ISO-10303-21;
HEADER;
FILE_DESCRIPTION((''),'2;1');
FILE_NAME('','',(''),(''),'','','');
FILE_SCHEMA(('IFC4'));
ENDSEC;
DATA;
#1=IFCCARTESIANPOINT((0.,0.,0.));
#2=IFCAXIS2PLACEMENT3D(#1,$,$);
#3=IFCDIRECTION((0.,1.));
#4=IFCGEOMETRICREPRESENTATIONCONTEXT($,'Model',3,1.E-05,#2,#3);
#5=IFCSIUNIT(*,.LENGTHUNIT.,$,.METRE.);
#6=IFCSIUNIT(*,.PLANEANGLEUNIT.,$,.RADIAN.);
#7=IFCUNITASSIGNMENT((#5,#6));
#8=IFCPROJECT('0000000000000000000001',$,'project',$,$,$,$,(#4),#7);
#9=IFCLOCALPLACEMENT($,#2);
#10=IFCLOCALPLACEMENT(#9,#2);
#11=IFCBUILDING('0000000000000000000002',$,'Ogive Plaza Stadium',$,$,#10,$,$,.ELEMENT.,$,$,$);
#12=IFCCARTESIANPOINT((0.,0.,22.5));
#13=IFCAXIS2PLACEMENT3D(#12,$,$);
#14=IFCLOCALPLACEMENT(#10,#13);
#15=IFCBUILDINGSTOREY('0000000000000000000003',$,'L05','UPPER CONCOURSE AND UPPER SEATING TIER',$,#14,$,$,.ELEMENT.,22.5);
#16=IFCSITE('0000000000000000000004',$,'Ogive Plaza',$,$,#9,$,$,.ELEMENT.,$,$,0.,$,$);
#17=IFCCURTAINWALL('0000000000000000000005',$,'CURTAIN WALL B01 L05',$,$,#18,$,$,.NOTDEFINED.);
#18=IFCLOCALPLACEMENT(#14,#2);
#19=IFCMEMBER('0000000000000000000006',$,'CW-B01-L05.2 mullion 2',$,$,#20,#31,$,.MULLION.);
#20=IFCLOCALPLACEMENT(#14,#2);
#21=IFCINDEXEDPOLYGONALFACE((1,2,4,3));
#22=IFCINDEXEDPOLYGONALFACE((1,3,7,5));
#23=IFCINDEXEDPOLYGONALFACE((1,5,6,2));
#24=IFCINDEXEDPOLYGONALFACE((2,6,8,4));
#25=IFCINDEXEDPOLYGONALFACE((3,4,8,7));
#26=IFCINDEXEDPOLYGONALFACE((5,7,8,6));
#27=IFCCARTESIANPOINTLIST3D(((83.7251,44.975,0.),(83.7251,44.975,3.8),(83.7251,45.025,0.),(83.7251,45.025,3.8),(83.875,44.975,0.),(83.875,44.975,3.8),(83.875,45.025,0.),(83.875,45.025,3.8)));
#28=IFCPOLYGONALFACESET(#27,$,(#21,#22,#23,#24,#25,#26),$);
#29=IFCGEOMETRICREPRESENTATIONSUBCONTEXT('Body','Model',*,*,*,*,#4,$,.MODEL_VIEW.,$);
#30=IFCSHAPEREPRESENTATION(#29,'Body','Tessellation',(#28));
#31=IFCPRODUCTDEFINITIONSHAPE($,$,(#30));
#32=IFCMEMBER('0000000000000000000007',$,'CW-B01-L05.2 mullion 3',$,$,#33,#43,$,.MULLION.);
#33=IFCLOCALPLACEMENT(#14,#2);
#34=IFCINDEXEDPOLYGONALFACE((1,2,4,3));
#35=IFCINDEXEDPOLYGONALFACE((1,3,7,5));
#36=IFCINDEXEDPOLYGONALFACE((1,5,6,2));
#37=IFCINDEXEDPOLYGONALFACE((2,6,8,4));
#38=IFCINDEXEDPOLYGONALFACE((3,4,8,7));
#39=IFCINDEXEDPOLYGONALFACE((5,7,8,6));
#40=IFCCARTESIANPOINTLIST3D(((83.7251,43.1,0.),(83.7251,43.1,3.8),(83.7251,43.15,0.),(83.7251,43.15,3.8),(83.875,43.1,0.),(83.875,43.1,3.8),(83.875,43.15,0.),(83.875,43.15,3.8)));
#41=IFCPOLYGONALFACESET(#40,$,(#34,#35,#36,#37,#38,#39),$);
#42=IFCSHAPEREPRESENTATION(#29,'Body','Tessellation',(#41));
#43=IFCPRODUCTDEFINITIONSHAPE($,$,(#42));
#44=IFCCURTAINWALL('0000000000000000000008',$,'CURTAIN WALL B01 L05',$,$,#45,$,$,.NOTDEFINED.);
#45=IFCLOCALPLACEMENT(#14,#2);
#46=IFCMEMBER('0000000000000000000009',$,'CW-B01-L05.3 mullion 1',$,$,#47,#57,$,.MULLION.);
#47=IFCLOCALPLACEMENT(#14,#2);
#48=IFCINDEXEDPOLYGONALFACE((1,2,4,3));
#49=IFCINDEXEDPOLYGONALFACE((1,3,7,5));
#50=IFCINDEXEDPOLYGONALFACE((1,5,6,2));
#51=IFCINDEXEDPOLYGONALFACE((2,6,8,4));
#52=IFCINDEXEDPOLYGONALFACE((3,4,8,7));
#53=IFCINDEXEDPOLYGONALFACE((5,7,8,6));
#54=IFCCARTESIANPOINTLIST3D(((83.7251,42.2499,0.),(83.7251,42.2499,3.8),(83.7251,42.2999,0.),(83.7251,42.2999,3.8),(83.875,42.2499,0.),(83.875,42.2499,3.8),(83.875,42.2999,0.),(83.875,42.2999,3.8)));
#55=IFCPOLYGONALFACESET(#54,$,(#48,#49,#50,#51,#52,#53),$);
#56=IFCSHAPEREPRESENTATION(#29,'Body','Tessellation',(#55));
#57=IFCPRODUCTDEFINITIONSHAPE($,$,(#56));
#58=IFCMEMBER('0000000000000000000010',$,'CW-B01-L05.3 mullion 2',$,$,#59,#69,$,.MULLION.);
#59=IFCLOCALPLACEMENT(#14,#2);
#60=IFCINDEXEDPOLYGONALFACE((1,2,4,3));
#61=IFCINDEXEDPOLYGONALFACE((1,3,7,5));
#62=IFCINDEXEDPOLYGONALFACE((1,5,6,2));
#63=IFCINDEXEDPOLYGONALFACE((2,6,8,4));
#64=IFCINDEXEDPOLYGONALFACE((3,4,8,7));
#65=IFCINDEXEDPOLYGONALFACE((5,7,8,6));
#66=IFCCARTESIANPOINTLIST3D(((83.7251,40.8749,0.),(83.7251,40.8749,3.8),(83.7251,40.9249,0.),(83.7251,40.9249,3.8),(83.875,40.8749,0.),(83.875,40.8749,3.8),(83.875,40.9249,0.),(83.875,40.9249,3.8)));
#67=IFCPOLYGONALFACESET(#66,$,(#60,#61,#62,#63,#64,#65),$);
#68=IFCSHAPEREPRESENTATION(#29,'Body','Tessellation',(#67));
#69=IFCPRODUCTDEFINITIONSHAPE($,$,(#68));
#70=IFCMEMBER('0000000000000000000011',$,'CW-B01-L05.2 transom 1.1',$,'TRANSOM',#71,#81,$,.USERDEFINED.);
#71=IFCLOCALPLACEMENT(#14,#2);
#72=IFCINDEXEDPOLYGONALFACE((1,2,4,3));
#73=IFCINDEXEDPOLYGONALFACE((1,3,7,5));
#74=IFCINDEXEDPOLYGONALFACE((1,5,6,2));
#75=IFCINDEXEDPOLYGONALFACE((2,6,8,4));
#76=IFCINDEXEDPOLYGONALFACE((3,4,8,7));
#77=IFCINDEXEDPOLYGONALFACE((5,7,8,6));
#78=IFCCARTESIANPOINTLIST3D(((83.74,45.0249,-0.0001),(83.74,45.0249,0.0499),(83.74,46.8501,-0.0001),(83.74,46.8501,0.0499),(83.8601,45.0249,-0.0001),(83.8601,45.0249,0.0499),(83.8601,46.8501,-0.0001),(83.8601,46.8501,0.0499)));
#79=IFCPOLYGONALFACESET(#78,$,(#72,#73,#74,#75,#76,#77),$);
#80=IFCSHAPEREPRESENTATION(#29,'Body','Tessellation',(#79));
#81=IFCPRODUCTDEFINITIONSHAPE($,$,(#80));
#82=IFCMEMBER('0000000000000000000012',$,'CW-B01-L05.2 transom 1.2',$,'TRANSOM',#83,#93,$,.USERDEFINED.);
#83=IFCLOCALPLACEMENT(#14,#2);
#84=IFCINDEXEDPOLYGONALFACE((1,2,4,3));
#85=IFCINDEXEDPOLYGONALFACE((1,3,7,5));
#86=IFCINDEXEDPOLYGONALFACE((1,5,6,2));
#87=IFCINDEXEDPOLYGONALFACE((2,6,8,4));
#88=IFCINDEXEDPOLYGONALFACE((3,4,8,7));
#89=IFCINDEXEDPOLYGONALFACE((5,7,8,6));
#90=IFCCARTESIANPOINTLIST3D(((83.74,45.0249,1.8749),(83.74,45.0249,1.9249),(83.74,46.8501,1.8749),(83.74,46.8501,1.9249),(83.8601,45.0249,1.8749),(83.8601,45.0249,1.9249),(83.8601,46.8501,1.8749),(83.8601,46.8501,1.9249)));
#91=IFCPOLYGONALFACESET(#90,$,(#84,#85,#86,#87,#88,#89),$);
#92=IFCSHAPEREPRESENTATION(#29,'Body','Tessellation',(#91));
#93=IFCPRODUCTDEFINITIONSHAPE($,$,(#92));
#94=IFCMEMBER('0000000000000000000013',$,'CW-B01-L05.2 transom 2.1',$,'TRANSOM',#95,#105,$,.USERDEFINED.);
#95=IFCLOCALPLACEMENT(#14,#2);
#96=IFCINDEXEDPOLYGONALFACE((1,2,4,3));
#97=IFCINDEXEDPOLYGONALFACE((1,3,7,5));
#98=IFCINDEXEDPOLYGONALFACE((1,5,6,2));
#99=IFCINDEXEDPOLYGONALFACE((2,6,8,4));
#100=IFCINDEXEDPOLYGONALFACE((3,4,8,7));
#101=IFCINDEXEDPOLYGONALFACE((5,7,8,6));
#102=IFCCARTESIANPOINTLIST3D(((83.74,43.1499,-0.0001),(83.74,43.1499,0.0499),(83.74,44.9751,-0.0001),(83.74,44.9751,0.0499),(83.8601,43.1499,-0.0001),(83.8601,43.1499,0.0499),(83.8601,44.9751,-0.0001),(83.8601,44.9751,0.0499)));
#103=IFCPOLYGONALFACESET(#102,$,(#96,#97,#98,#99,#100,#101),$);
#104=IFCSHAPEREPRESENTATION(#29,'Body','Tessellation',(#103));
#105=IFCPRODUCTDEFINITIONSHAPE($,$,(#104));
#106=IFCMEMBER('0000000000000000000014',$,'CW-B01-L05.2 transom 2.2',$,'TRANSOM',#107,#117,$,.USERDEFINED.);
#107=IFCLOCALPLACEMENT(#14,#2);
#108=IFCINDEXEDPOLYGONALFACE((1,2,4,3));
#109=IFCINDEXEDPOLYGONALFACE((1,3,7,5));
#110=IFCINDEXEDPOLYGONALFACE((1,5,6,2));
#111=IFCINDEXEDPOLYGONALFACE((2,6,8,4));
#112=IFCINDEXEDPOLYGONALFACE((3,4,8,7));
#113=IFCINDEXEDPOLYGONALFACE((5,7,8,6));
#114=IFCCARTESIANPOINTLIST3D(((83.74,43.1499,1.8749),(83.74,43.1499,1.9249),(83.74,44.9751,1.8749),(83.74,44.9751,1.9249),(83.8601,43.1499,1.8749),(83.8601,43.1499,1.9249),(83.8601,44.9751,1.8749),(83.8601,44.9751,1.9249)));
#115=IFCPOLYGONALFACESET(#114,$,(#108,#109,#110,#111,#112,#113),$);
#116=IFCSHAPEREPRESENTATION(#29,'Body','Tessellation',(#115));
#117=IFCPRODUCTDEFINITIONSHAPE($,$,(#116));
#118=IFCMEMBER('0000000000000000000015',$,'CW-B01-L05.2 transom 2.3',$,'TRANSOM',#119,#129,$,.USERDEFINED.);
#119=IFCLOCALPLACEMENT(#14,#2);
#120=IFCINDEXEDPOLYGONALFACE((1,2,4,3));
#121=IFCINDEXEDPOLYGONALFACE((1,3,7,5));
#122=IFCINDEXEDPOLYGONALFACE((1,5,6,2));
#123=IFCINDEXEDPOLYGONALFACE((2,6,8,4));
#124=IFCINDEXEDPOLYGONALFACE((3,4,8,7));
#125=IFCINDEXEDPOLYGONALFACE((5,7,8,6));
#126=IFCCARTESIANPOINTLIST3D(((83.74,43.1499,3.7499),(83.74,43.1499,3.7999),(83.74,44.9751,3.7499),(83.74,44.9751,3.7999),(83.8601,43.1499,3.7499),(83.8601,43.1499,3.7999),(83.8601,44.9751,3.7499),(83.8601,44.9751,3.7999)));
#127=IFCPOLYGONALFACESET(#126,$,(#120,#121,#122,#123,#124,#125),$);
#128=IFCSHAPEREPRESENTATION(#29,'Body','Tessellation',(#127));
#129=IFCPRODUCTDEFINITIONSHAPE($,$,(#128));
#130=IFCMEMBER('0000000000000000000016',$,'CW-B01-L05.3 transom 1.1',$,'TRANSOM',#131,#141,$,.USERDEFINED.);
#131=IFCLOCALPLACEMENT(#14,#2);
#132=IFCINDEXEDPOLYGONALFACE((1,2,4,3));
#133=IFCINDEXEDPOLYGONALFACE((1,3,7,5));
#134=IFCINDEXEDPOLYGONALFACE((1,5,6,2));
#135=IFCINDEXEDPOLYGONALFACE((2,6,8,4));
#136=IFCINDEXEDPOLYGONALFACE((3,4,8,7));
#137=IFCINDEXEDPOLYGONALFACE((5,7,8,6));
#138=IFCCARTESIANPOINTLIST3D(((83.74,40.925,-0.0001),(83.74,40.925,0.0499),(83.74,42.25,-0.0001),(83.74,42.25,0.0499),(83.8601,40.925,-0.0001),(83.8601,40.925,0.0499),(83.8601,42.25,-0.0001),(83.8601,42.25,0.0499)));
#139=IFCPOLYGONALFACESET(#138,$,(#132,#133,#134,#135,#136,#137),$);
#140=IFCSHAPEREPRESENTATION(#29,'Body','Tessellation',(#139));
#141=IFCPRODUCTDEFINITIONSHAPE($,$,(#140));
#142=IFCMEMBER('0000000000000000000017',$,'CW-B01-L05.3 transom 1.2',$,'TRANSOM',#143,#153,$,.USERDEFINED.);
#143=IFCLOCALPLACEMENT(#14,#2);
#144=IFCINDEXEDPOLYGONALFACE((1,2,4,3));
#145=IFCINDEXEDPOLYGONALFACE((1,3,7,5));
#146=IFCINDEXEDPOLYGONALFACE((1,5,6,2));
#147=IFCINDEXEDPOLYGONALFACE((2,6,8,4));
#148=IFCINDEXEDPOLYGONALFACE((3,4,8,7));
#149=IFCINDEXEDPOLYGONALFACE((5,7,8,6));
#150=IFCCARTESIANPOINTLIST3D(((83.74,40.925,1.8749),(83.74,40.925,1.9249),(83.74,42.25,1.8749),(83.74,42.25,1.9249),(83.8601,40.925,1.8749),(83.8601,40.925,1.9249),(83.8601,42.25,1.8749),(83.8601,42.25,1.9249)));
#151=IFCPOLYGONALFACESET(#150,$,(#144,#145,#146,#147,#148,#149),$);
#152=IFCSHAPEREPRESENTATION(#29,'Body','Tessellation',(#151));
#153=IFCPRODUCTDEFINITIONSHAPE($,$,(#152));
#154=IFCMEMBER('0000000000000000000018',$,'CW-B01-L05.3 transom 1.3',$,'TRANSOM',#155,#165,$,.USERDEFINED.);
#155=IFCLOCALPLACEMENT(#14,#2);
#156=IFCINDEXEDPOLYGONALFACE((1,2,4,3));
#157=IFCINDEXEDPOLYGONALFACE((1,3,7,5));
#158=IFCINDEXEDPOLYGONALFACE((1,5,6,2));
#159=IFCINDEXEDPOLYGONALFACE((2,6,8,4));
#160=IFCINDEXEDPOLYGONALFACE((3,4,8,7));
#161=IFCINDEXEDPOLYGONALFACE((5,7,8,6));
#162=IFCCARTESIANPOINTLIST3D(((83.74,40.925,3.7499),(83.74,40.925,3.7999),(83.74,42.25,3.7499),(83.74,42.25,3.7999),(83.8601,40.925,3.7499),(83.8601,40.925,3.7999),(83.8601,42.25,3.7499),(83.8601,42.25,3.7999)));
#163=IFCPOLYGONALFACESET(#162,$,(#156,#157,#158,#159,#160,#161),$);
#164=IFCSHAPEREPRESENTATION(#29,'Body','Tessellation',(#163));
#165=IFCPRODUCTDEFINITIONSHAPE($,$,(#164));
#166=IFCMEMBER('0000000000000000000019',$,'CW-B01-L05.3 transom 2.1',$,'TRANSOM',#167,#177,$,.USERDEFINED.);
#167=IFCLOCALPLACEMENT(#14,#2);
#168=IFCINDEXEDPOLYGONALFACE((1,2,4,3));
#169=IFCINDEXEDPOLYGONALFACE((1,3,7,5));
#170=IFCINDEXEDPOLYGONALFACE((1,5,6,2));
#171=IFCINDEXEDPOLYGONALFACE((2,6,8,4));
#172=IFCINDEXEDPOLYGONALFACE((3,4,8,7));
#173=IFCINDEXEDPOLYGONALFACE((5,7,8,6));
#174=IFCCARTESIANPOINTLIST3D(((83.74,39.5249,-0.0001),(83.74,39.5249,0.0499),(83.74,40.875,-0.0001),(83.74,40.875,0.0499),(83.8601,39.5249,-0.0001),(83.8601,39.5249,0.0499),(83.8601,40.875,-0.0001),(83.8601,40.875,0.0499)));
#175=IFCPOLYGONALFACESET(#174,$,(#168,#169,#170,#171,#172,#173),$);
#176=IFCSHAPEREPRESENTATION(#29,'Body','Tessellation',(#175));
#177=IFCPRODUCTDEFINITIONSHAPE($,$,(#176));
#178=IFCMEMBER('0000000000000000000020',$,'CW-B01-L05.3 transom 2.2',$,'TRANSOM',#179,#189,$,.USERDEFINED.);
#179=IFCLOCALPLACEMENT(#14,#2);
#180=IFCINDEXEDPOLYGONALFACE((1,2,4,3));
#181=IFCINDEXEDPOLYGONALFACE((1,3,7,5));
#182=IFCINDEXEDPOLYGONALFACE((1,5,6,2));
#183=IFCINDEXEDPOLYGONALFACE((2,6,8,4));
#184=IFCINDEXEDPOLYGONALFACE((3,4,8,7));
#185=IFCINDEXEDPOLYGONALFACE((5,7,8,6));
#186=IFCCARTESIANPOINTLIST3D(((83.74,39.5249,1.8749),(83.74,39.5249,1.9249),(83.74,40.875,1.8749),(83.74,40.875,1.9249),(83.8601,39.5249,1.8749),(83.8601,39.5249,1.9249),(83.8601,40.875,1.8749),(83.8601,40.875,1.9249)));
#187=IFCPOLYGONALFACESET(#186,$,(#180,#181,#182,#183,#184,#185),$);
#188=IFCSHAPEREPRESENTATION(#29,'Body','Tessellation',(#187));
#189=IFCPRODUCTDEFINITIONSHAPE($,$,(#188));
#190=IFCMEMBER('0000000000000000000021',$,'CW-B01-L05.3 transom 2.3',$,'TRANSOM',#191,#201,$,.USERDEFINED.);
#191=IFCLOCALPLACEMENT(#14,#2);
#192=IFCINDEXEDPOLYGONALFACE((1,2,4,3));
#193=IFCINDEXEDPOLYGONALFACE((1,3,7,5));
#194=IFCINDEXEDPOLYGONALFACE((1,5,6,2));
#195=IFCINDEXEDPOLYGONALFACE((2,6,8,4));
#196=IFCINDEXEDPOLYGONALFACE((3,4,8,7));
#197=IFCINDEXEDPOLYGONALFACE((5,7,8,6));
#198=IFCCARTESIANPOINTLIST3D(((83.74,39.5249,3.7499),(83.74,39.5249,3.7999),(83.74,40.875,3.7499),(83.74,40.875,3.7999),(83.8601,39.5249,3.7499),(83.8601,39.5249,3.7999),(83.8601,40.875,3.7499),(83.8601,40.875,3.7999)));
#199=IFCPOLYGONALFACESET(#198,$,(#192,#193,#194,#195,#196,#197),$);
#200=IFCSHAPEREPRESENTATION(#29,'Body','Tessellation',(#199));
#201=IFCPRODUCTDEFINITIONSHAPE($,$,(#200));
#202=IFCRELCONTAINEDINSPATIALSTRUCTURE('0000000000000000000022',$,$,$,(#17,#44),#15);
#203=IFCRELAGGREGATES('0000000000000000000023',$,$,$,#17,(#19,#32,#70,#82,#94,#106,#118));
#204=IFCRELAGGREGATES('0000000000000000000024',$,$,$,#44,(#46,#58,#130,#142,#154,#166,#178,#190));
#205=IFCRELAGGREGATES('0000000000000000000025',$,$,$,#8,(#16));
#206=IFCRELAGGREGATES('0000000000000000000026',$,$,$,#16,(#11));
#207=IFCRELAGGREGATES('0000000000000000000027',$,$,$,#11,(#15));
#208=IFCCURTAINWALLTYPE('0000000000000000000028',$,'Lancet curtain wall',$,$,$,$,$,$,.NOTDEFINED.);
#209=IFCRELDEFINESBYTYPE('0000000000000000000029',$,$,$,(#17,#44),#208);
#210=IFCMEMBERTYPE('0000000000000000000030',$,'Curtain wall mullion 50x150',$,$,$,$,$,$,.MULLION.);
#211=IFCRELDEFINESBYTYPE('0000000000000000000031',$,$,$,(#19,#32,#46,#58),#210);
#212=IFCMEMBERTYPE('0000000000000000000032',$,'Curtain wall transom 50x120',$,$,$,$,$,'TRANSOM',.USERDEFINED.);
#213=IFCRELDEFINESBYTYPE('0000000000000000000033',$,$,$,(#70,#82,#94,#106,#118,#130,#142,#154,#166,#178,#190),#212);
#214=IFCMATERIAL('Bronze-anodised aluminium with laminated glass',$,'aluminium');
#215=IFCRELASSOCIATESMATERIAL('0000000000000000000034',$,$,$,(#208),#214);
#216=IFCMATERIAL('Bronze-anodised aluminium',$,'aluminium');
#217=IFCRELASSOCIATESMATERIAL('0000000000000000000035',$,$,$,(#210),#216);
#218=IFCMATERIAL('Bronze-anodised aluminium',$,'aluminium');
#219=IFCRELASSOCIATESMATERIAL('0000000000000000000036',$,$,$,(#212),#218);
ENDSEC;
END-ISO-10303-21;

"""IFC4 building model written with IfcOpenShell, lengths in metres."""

from ifc_helpers import new_model, si_unit, direction, frame, origin, origin_2d, place, context, subcontext, project, spatial, rectangle, extrude, material, material_profile, profile_set, type_object, element, aggregate, save


model = new_model("IFC4")

# Units and contexts
model_context = context("Model", 3, precision=1e-05, world=origin(), true_north=direction((0.0, 1.0)))
body_context = subcontext(model_context, "Body", "Model", "MODEL_VIEW")
ifc_project = project(units=[si_unit("LENGTHUNIT", "METRE"), si_unit("PLANEANGLEUNIT", "RADIAN")], contexts=[model_context])

# Site, building, storey
site_placement = place(None, origin())
site = spatial("IfcSite", under=ifc_project, at=site_placement, Name="Ogive Plaza", CompositionType="ELEMENT", RefElevation=0.0)
building_placement = place(site_placement, origin())
building = spatial("IfcBuilding", under=site, at=building_placement, Name="Ogive Plaza Stadium", CompositionType="ELEMENT")
storey_placement = place(building_placement, frame((0.0, 0.0, 22.5)))
storey = spatial("IfcBuildingStorey", under=building, at=storey_placement, Name="L05", Description="UPPER CONCOURSE AND UPPER SEATING TIER", CompositionType="ELEMENT", Elevation=22.5)

# Curtain walls, members
ifc_material_1 = material(Name="Bronze-anodised aluminium with laminated glass", Category="aluminium")
curtain_wall_type = type_object("IfcCurtainWallType", Name="Lancet curtain wall", PredefinedType="NOTDEFINED", material=ifc_material_1)
curtain_wall_1_placement = place(storey_placement, origin())
curtain_wall_1 = element("IfcCurtainWall", 1, at=curtain_wall_1_placement, inside=storey, type_object=curtain_wall_type, Name="CURTAIN WALL B01 L05", PredefinedType="NOTDEFINED")
ifc_material_2 = material(Name="Bronze-anodised aluminium", Category="aluminium")
ifc_material_profile_1 = material_profile(ifc_material_2, rectangle(XDim=0.1499, YDim=0.05, at=origin_2d()), Name="AL 150x50")
ifc_profile_set_1 = profile_set([ifc_material_profile_1], Name="Bronze-anodised aluminium")
member_type_1 = type_object("IfcMemberType", Name="Curtain wall mullion 50x150", PredefinedType="MULLION", material=ifc_profile_set_1)
member_1_placement = place(storey_placement, frame((83.8, 45.0, 0.0), z_axis=(0.0, 0.0, 1.0), x_axis=(1.0, 0.0, 0.0)))
member_1 = element("IfcMember", 2, at=member_1_placement, type_object=member_type_1, Name="CW-B01-L05.2 mullion 2", PredefinedType="MULLION", context=body_context, shape_type="SweptSolid", body=[
    extrude(rectangle(XDim=0.1499, YDim=0.05, at=origin_2d()), origin(), (0.0, 0.0, 1.0), 3.8),
])
member_2_placement = place(storey_placement, frame((83.8, 43.125, 0.0), z_axis=(0.0, 0.0, 1.0), x_axis=(1.0, 0.0, 0.0)))
member_2 = element("IfcMember", 3, at=member_2_placement, type_object=member_type_1, Name="CW-B01-L05.2 mullion 3", PredefinedType="MULLION", context=body_context, shape_type="SweptSolid", body=[
    extrude(rectangle(XDim=0.1499, YDim=0.05, at=origin_2d()), origin(), (0.0, 0.0, 1.0), 3.8),
])
curtain_wall_2_placement = place(storey_placement, origin())
curtain_wall_2 = element("IfcCurtainWall", 4, at=curtain_wall_2_placement, inside=storey, type_object=curtain_wall_type, Name="CURTAIN WALL B01 L05", PredefinedType="NOTDEFINED")
member_3_placement = place(storey_placement, frame((83.8, 42.2749, 0.0), z_axis=(0.0, 0.0, 1.0), x_axis=(1.0, 0.0, 0.0)))
member_3 = element("IfcMember", 5, at=member_3_placement, type_object=member_type_1, Name="CW-B01-L05.3 mullion 1", PredefinedType="MULLION", context=body_context, shape_type="SweptSolid", body=[
    extrude(rectangle(XDim=0.1499, YDim=0.05, at=origin_2d()), origin(), (0.0, 0.0, 1.0), 3.8),
])
member_4_placement = place(storey_placement, frame((83.8, 40.8999, 0.0), z_axis=(0.0, 0.0, 1.0), x_axis=(1.0, 0.0, 0.0)))
member_4 = element("IfcMember", 6, at=member_4_placement, type_object=member_type_1, Name="CW-B01-L05.3 mullion 2", PredefinedType="MULLION", context=body_context, shape_type="SweptSolid", body=[
    extrude(rectangle(XDim=0.1499, YDim=0.05, at=origin_2d()), origin(), (0.0, 0.0, 1.0), 3.8),
])

# Members
ifc_material_3 = material(Name="Bronze-anodised aluminium", Category="aluminium")
ifc_material_profile_2 = material_profile(ifc_material_3, rectangle(XDim=0.1201, YDim=0.05, at=origin_2d()), Name="AL 120x50")
ifc_profile_set_2 = profile_set([ifc_material_profile_2], Name="Bronze-anodised aluminium")
member_type_2 = type_object("IfcMemberType", Name="Curtain wall transom 50x120", ElementType="TRANSOM", PredefinedType="USERDEFINED", material=ifc_profile_set_2)
member_5_placement = place(storey_placement, frame((83.8, 46.8501, 0.0249), z_axis=(0.0, -1.0, 0.0), x_axis=(1.0, 0.0, 0.0)))
member_5 = element("IfcMember", 7, at=member_5_placement, type_object=member_type_2, Name="CW-B01-L05.2 transom 1.1", ObjectType="TRANSOM", PredefinedType="USERDEFINED", context=body_context, shape_type="SweptSolid", body=[
    extrude(rectangle(XDim=0.1201, YDim=0.05, at=origin_2d()), origin(), (0.0, 0.0, 1.0), 1.8252),
])
member_6_placement = place(storey_placement, frame((83.8, 46.8501, 1.8999), z_axis=(0.0, -1.0, 0.0), x_axis=(1.0, 0.0, 0.0)))
member_6 = element("IfcMember", 8, at=member_6_placement, type_object=member_type_2, Name="CW-B01-L05.2 transom 1.2", ObjectType="TRANSOM", PredefinedType="USERDEFINED", context=body_context, shape_type="SweptSolid", body=[
    extrude(rectangle(XDim=0.1201, YDim=0.05, at=origin_2d()), origin(), (0.0, 0.0, 1.0), 1.8252),
])
member_7_placement = place(storey_placement, frame((83.8, 44.9751, 0.0249), z_axis=(0.0, -1.0, 0.0), x_axis=(1.0, 0.0, 0.0)))
member_7 = element("IfcMember", 9, at=member_7_placement, type_object=member_type_2, Name="CW-B01-L05.2 transom 2.1", ObjectType="TRANSOM", PredefinedType="USERDEFINED", context=body_context, shape_type="SweptSolid", body=[
    extrude(rectangle(XDim=0.1201, YDim=0.05, at=origin_2d()), origin(), (0.0, 0.0, 1.0), 1.8252),
])
member_8_placement = place(storey_placement, frame((83.8, 44.9751, 1.8999), z_axis=(0.0, -1.0, 0.0), x_axis=(1.0, 0.0, 0.0)))
member_8 = element("IfcMember", 10, at=member_8_placement, type_object=member_type_2, Name="CW-B01-L05.2 transom 2.2", ObjectType="TRANSOM", PredefinedType="USERDEFINED", context=body_context, shape_type="SweptSolid", body=[
    extrude(rectangle(XDim=0.1201, YDim=0.05, at=origin_2d()), origin(), (0.0, 0.0, 1.0), 1.8252),
])
member_9_placement = place(storey_placement, frame((83.8, 44.9751, 3.7749), z_axis=(0.0, -1.0, 0.0), x_axis=(1.0, 0.0, 0.0)))
member_9 = element("IfcMember", 11, at=member_9_placement, type_object=member_type_2, Name="CW-B01-L05.2 transom 2.3", ObjectType="TRANSOM", PredefinedType="USERDEFINED", context=body_context, shape_type="SweptSolid", body=[
    extrude(rectangle(XDim=0.1201, YDim=0.05, at=origin_2d()), origin(), (0.0, 0.0, 1.0), 1.8252),
])
member_10_placement = place(storey_placement, frame((83.8, 42.25, 0.0249), z_axis=(0.0, -1.0, 0.0), x_axis=(1.0, 0.0, 0.0)))
member_10 = element("IfcMember", 12, at=member_10_placement, type_object=member_type_2, Name="CW-B01-L05.3 transom 1.1", ObjectType="TRANSOM", PredefinedType="USERDEFINED", context=body_context, shape_type="SweptSolid", body=[
    extrude(rectangle(XDim=0.1201, YDim=0.05, at=origin_2d()), origin(), (0.0, 0.0, 1.0), 1.325),
])
member_11_placement = place(storey_placement, frame((83.8, 42.25, 1.8999), z_axis=(0.0, -1.0, 0.0), x_axis=(1.0, 0.0, 0.0)))
member_11 = element("IfcMember", 13, at=member_11_placement, type_object=member_type_2, Name="CW-B01-L05.3 transom 1.2", ObjectType="TRANSOM", PredefinedType="USERDEFINED", context=body_context, shape_type="SweptSolid", body=[
    extrude(rectangle(XDim=0.1201, YDim=0.05, at=origin_2d()), origin(), (0.0, 0.0, 1.0), 1.325),
])
member_12_placement = place(storey_placement, frame((83.8, 42.25, 3.7749), z_axis=(0.0, -1.0, 0.0), x_axis=(1.0, 0.0, 0.0)))
member_12 = element("IfcMember", 14, at=member_12_placement, type_object=member_type_2, Name="CW-B01-L05.3 transom 1.3", ObjectType="TRANSOM", PredefinedType="USERDEFINED", context=body_context, shape_type="SweptSolid", body=[
    extrude(rectangle(XDim=0.1201, YDim=0.05, at=origin_2d()), origin(), (0.0, 0.0, 1.0), 1.325),
])
member_13_placement = place(storey_placement, frame((83.8, 40.875, 0.0249), z_axis=(0.0, -1.0, 0.0), x_axis=(1.0, 0.0, 0.0)))
member_13 = element("IfcMember", 15, at=member_13_placement, type_object=member_type_2, Name="CW-B01-L05.3 transom 2.1", ObjectType="TRANSOM", PredefinedType="USERDEFINED", context=body_context, shape_type="SweptSolid", body=[
    extrude(rectangle(XDim=0.1201, YDim=0.05, at=origin_2d()), origin(), (0.0, 0.0, 1.0), 1.3501),
])
member_14_placement = place(storey_placement, frame((83.8, 40.875, 1.8999), z_axis=(0.0, -1.0, 0.0), x_axis=(1.0, 0.0, 0.0)))
member_14 = element("IfcMember", 16, at=member_14_placement, type_object=member_type_2, Name="CW-B01-L05.3 transom 2.2", ObjectType="TRANSOM", PredefinedType="USERDEFINED", context=body_context, shape_type="SweptSolid", body=[
    extrude(rectangle(XDim=0.1201, YDim=0.05, at=origin_2d()), origin(), (0.0, 0.0, 1.0), 1.3501),
])
member_15_placement = place(storey_placement, frame((83.8, 40.875, 3.7749), z_axis=(0.0, -1.0, 0.0), x_axis=(1.0, 0.0, 0.0)))
member_15 = element("IfcMember", 17, at=member_15_placement, type_object=member_type_2, Name="CW-B01-L05.3 transom 2.3", ObjectType="TRANSOM", PredefinedType="USERDEFINED", context=body_context, shape_type="SweptSolid", body=[
    extrude(rectangle(XDim=0.1201, YDim=0.05, at=origin_2d()), origin(), (0.0, 0.0, 1.0), 1.3501),
])

aggregate(curtain_wall_1, [member_1, member_2, member_5, member_6, member_7, member_8, member_9])
aggregate(curtain_wall_2, [member_3, member_4, member_10, member_11, member_12, member_13, member_14, member_15])

save(model, "model.ifc")
